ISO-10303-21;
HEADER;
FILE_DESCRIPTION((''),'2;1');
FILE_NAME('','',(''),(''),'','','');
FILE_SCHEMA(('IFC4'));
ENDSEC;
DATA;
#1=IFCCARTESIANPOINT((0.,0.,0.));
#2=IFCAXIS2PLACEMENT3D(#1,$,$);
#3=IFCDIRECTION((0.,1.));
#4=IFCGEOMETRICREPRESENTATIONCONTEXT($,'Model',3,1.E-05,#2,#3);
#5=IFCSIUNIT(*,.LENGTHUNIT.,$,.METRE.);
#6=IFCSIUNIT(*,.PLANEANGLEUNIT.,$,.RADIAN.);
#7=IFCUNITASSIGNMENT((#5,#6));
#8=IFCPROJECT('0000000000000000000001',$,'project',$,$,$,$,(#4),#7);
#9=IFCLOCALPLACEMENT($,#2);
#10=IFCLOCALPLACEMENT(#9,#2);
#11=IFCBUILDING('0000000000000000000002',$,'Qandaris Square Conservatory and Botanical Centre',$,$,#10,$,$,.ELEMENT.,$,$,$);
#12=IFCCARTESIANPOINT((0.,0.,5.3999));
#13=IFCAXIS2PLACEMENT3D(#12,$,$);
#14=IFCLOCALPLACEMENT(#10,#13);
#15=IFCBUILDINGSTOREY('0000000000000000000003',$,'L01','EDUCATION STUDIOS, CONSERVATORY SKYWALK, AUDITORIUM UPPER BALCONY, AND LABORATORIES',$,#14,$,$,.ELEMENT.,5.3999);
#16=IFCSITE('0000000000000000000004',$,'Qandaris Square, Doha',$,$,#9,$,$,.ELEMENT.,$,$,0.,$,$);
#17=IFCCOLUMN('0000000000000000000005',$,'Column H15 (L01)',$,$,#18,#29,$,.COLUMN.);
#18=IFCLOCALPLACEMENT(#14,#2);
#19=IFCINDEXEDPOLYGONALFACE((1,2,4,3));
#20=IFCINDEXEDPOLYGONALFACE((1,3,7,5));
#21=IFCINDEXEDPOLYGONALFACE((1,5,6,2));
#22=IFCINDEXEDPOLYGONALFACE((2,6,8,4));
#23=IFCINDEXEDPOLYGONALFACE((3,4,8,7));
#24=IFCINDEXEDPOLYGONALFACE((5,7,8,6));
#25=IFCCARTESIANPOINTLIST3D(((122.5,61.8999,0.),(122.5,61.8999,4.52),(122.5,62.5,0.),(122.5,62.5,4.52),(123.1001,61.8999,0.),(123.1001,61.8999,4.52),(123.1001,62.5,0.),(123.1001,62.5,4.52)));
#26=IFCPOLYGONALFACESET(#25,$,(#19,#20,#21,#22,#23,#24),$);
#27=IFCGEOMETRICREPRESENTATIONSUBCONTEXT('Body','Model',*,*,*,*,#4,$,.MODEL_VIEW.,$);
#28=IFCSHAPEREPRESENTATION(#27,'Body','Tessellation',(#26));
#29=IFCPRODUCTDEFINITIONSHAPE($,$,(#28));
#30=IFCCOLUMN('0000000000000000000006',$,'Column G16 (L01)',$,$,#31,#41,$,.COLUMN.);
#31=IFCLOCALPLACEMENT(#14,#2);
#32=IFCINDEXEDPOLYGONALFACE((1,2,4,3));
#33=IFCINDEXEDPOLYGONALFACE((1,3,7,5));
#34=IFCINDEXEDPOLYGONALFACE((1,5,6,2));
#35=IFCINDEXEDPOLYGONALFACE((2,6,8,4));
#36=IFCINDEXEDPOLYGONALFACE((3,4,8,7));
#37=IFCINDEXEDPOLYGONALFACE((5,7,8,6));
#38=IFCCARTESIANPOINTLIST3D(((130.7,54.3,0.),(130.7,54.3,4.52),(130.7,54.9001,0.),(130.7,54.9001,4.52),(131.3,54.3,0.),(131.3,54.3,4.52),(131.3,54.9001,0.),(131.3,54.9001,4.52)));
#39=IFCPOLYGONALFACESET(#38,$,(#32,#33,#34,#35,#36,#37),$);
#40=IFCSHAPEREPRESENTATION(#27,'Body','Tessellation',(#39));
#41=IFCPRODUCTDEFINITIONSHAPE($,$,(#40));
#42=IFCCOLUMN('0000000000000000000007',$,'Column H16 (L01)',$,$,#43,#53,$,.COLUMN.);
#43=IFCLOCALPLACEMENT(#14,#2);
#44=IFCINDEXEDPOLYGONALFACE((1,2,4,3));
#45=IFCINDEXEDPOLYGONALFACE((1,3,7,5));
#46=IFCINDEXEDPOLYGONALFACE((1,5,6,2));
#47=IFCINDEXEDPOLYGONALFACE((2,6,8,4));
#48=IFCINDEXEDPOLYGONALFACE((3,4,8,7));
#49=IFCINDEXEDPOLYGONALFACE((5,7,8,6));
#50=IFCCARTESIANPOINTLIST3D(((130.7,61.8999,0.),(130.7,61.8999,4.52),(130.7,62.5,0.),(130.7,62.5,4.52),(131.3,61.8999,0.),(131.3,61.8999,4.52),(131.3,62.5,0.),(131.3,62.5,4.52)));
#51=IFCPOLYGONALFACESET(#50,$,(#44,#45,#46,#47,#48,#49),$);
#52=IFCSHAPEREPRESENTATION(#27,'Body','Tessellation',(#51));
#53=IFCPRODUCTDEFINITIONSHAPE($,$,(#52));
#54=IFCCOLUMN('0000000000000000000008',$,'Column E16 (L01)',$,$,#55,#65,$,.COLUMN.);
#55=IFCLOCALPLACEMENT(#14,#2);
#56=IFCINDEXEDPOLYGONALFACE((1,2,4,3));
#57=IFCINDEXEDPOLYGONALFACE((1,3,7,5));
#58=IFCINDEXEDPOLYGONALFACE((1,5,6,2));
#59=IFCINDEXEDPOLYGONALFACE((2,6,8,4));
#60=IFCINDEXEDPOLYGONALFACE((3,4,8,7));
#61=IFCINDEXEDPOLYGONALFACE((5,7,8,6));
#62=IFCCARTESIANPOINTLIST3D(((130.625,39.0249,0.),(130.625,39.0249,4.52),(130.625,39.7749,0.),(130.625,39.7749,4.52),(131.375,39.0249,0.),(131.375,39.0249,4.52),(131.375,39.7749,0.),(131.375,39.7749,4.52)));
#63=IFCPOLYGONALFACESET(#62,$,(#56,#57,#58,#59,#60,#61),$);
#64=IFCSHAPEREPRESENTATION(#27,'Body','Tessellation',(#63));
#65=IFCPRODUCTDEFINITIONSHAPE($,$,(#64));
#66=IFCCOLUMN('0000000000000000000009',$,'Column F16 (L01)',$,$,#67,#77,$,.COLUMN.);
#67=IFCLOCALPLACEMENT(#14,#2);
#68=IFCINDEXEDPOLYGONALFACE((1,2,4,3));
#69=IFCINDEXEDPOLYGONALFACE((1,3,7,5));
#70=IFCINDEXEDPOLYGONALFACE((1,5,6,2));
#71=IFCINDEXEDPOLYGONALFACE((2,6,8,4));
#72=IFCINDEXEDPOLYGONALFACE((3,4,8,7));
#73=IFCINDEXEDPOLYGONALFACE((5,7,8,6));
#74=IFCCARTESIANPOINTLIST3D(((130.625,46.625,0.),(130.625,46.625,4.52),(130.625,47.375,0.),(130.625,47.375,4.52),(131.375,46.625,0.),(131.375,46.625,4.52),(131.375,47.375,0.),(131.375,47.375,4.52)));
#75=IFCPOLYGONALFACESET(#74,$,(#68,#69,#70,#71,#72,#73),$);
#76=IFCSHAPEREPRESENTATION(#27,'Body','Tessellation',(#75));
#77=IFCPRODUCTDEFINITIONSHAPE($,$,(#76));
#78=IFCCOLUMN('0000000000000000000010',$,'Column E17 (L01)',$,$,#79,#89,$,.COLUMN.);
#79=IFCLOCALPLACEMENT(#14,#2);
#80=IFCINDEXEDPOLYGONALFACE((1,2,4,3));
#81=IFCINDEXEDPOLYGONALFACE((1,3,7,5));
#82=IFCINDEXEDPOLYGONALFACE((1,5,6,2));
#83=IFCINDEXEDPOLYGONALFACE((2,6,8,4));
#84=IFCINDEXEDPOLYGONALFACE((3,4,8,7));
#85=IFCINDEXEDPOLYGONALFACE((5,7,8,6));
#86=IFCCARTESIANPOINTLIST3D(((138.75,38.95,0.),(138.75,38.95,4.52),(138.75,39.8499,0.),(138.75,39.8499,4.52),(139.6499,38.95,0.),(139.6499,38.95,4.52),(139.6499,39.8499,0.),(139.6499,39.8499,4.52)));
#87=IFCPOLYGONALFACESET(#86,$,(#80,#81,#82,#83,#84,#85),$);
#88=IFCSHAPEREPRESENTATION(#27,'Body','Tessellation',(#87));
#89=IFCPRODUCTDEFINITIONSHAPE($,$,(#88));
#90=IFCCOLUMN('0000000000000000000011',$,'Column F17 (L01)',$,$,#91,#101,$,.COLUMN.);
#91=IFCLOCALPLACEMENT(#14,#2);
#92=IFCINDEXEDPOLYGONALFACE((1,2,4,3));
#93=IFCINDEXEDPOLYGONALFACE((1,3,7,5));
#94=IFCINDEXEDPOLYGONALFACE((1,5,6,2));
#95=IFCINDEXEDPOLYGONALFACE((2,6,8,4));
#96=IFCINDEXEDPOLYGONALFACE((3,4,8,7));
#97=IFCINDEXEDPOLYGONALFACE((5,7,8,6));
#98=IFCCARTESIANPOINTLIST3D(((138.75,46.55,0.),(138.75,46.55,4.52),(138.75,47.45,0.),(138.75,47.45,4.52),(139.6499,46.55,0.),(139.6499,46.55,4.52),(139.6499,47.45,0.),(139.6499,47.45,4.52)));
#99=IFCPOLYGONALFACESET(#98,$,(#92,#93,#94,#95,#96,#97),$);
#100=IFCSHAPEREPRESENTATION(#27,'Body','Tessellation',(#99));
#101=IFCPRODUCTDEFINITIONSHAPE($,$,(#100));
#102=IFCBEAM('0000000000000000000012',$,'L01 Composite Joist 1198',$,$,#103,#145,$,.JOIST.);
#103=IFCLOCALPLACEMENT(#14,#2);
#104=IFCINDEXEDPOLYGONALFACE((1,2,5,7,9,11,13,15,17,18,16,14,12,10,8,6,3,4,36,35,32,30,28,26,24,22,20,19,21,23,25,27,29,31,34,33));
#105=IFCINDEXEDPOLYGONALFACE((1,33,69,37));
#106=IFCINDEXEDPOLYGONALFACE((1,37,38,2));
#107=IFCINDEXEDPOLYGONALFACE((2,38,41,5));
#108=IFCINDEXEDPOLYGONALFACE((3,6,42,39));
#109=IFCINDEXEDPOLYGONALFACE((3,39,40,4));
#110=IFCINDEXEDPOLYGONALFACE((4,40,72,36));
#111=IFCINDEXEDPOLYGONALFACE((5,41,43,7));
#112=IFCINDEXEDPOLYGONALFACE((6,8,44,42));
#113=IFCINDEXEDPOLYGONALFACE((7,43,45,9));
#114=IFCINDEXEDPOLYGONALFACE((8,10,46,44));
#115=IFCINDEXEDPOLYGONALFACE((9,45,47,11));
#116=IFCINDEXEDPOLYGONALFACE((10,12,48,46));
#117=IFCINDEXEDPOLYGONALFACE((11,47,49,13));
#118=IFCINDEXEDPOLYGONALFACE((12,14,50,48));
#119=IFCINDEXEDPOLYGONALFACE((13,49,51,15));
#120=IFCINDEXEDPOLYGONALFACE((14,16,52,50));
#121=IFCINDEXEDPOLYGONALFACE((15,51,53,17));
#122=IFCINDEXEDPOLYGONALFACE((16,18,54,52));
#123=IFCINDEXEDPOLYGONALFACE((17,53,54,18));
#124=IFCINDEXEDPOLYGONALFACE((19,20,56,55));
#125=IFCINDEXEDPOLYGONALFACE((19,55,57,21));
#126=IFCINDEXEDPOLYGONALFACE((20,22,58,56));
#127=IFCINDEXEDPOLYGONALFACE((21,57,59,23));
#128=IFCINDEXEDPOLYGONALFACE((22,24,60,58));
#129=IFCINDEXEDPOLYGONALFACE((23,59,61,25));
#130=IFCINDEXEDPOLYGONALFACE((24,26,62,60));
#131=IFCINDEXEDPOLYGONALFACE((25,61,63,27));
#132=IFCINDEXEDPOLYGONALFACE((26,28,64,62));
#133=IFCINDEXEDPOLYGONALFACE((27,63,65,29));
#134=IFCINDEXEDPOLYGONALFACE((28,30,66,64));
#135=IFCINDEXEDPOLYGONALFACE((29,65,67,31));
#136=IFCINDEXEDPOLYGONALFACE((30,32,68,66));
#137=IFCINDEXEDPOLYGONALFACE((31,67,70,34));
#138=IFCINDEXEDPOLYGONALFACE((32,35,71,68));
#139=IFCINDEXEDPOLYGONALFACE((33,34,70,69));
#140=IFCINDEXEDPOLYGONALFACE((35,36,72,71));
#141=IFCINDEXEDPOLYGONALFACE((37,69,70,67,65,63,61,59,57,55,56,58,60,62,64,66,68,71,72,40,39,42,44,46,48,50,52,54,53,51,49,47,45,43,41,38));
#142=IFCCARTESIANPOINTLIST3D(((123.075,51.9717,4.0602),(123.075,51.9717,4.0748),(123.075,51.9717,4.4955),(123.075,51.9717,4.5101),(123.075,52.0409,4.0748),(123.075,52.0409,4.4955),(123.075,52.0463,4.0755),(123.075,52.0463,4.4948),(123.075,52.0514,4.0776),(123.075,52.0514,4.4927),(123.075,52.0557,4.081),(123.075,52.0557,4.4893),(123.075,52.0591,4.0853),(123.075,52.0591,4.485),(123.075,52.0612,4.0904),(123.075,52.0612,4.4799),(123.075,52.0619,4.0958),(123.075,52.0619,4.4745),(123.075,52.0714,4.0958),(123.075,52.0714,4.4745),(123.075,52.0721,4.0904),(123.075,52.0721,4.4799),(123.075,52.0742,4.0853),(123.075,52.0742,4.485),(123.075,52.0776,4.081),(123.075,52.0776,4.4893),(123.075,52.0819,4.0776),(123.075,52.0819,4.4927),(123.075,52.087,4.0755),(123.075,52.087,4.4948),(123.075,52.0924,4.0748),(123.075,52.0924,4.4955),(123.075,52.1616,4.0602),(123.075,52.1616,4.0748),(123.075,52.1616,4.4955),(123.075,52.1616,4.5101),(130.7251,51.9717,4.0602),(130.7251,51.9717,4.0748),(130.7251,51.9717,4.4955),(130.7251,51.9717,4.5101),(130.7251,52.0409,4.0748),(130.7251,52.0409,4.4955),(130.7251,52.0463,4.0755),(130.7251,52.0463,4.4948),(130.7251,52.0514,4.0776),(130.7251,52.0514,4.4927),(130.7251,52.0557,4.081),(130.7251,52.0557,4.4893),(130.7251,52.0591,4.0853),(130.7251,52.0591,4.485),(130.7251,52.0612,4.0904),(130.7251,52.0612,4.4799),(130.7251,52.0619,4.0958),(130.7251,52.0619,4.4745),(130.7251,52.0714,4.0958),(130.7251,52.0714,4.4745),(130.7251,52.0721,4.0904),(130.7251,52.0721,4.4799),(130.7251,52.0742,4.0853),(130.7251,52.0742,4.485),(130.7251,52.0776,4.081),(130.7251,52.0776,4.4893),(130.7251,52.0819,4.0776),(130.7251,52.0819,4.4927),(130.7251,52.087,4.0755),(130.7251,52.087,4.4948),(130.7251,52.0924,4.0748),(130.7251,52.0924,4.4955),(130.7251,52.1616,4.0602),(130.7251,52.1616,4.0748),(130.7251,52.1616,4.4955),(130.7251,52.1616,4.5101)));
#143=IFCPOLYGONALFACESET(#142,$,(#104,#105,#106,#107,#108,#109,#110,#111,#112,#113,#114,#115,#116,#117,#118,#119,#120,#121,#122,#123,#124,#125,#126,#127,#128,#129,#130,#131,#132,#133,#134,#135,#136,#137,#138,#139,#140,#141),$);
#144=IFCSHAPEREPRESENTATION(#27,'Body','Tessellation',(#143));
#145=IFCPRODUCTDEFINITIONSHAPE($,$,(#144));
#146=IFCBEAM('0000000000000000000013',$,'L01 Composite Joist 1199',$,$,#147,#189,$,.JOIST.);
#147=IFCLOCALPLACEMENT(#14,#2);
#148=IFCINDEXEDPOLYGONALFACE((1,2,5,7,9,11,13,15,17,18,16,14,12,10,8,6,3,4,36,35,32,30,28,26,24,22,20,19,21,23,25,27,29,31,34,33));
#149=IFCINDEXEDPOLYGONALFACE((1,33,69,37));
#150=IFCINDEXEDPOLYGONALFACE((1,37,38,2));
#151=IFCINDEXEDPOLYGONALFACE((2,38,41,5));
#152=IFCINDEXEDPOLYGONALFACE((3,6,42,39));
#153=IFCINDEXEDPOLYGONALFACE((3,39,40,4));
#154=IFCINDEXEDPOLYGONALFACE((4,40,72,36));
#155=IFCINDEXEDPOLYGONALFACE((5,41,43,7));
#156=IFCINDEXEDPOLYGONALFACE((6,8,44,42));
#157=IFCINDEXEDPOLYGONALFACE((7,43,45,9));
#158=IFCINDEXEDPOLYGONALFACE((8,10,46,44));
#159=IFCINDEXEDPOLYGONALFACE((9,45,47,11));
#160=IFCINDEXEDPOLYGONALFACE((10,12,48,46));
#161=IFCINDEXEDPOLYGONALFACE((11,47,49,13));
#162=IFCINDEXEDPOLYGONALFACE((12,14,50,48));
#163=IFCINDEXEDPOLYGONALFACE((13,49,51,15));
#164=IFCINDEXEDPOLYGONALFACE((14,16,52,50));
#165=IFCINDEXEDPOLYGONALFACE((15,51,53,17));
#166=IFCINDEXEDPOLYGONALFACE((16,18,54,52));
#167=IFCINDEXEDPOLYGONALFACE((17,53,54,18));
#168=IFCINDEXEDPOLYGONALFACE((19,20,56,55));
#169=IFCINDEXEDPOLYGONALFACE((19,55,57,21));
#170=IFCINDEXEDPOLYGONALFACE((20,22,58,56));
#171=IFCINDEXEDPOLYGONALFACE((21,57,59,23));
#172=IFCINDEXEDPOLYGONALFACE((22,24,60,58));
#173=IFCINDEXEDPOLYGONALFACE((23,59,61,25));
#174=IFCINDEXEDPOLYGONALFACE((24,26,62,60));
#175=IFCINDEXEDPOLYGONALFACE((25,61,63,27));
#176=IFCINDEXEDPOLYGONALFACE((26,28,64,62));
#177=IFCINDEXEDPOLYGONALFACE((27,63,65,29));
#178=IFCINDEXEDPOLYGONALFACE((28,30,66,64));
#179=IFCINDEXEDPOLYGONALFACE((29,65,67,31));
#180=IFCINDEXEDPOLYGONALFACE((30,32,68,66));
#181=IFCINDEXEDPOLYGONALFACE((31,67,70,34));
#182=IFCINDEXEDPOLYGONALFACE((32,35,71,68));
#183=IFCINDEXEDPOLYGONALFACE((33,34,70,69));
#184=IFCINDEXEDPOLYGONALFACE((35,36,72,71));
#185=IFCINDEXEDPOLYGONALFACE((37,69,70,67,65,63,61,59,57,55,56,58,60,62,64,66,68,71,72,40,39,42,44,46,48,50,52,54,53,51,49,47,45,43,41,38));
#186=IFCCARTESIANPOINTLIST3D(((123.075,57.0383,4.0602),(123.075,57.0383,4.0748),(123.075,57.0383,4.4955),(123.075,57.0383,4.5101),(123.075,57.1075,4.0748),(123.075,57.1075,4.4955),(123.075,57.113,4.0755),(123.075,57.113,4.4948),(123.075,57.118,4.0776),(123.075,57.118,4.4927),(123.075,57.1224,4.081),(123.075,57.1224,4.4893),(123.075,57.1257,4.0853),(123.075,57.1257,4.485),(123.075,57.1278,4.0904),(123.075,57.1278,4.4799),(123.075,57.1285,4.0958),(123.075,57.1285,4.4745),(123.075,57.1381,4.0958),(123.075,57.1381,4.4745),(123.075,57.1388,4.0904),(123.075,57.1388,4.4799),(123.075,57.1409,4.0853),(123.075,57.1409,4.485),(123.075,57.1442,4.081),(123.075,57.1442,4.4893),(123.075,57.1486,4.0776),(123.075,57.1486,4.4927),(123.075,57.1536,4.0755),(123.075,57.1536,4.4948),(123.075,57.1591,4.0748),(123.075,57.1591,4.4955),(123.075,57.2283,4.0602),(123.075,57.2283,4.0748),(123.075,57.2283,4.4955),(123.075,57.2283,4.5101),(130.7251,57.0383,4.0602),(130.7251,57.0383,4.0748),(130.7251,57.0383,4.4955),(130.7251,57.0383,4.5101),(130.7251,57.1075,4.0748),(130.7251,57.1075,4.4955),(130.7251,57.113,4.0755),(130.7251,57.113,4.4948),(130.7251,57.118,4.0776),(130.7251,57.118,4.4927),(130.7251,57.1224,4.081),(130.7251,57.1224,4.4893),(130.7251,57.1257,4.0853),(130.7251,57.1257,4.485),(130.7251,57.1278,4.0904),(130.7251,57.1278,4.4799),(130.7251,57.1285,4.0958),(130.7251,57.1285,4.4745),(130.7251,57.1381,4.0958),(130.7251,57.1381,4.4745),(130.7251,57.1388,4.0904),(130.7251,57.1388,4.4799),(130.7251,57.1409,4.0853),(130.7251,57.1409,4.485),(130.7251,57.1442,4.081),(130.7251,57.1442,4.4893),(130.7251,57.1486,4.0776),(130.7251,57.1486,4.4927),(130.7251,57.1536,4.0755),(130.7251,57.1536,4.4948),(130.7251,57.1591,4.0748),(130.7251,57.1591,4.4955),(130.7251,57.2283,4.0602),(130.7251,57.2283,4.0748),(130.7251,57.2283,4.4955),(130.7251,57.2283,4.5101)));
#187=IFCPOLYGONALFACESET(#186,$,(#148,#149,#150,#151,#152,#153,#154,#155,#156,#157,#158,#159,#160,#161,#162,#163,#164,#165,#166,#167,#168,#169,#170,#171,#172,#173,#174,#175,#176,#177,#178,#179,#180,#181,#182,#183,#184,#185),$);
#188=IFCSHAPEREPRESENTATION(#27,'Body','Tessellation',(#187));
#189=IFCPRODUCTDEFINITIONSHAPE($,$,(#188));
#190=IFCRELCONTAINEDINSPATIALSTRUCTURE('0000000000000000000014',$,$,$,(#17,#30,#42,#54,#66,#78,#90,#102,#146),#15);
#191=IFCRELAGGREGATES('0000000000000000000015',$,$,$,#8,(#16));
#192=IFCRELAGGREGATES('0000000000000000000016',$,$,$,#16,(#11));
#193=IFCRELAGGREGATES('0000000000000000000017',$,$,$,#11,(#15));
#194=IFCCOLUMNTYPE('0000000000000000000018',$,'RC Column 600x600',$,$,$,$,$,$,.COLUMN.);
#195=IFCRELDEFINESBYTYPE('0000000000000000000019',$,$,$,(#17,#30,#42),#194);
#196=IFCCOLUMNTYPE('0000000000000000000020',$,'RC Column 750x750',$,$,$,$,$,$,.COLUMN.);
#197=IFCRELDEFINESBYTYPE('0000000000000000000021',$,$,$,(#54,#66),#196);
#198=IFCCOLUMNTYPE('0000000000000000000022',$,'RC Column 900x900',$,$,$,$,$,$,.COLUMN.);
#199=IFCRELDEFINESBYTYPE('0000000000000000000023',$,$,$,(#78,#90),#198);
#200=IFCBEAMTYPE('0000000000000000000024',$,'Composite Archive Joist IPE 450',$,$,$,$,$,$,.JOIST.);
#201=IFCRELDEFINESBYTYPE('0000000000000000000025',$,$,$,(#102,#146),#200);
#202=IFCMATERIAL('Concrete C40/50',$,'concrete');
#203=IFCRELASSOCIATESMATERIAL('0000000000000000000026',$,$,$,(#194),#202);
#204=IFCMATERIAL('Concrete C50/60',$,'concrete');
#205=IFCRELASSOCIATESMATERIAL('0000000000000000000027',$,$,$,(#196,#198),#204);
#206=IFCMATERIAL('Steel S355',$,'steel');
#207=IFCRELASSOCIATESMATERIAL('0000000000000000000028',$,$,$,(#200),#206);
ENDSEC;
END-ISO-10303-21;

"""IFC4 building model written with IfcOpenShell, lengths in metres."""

from ifc_helpers import new_model, si_unit, direction, frame, origin, origin_2d, place, context, subcontext, project, spatial, rectangle, i_section, extrude, material, material_profile, profile_set, type_object, element, save


model = new_model("IFC4")

# Units and contexts
model_context = context("Model", 3, precision=1e-05, world=origin(), true_north=direction((0.0, 1.0)))
body_context = subcontext(model_context, "Body", "Model", "MODEL_VIEW")
ifc_project = project(units=[si_unit("LENGTHUNIT", "METRE"), si_unit("PLANEANGLEUNIT", "RADIAN")], contexts=[model_context])

# Site, building, storey
site_placement = place(None, origin())
site = spatial("IfcSite", under=ifc_project, at=site_placement, Name="Qandaris Square, Doha", CompositionType="ELEMENT", RefElevation=0.0)
building_placement = place(site_placement, origin())
building = spatial("IfcBuilding", under=site, at=building_placement, Name="Qandaris Square Conservatory and Botanical Centre", CompositionType="ELEMENT")
storey_placement = place(building_placement, frame((0.0, 0.0, 5.3999)))
storey = spatial("IfcBuildingStorey", under=building, at=storey_placement, Name="L01", Description="EDUCATION STUDIOS, CONSERVATORY SKYWALK, AUDITORIUM UPPER BALCONY, AND LABORATORIES", CompositionType="ELEMENT", Elevation=5.3999)

# Columns
ifc_material_1 = material(Name="Concrete C40/50", Category="concrete")
ifc_material_profile_1 = material_profile(ifc_material_1, rectangle(XDim=0.6001, YDim=0.6001, at=origin_2d()), Name="RC-COL 600x600")
ifc_profile_set_1 = profile_set([ifc_material_profile_1], Name="Concrete C40/50")
column_type_1 = type_object("IfcColumnType", Name="RC Column 600x600", PredefinedType="COLUMN", material=ifc_profile_set_1)
for number, where, z_axis, x_axis, name in (
    (1, (122.8, 62.2, 0.0), (0.0, 0.0, 1.0), (1.0, 0.0, 0.0), "Column H15 (L01)"),
    (2, (131.0, 54.6001, 0.0), (0.0, 0.0, 1.0), (1.0, 0.0, 0.0), "Column G16 (L01)"),
    (3, (131.0, 62.2, 0.0), (0.0, 0.0, 1.0), (1.0, 0.0, 0.0), "Column H16 (L01)"),
):
    element("IfcColumn", number, at=place(storey_placement, frame(where, z_axis=z_axis, x_axis=x_axis)), inside=storey, type_object=column_type_1, Name=name, PredefinedType="COLUMN", context=body_context, shape_type="SweptSolid", body=[
        extrude(rectangle(XDim=0.6001, YDim=0.6001, at=origin_2d()), origin(), (0.0, 0.0, 1.0), 4.52),
    ])
ifc_material_2 = material(Name="Concrete C50/60", Category="concrete")
ifc_material_profile_2 = material_profile(ifc_material_2, rectangle(XDim=0.75, YDim=0.75, at=origin_2d()), Name="RC-COL 750x750")
ifc_profile_set_2 = profile_set([ifc_material_profile_2], Name="Concrete C50/60")
column_type_2 = type_object("IfcColumnType", Name="RC Column 750x750", PredefinedType="COLUMN", material=ifc_profile_set_2)
for number, where, z_axis, x_axis, name in (
    (4, (131.0, 39.3999, 0.0), (0.0, 0.0, 1.0), (1.0, 0.0, 0.0), "Column E16 (L01)"),
    (5, (131.0, 47.0, 0.0), (0.0, 0.0, 1.0), (1.0, 0.0, 0.0), "Column F16 (L01)"),
):
    element("IfcColumn", number, at=place(storey_placement, frame(where, z_axis=z_axis, x_axis=x_axis)), inside=storey, type_object=column_type_2, Name=name, PredefinedType="COLUMN", context=body_context, shape_type="SweptSolid", body=[
        extrude(rectangle(XDim=0.75, YDim=0.75, at=origin_2d()), origin(), (0.0, 0.0, 1.0), 4.52),
    ])
ifc_material_profile_3 = material_profile(ifc_material_2, rectangle(XDim=0.8999, YDim=0.8999, at=origin_2d()), Name="RC-COL 900x900")
ifc_profile_set_3 = profile_set([ifc_material_profile_3], Name="Concrete C50/60")
column_type_3 = type_object("IfcColumnType", Name="RC Column 900x900", PredefinedType="COLUMN", material=ifc_profile_set_3)
for number, where, z_axis, x_axis, name in (
    (6, (139.2, 39.3999, 0.0), (0.0, 0.0, 1.0), (1.0, 0.0, 0.0), "Column E17 (L01)"),
    (7, (139.2, 47.0, 0.0), (0.0, 0.0, 1.0), (1.0, 0.0, 0.0), "Column F17 (L01)"),
):
    element("IfcColumn", number, at=place(storey_placement, frame(where, z_axis=z_axis, x_axis=x_axis)), inside=storey, type_object=column_type_3, Name=name, PredefinedType="COLUMN", context=body_context, shape_type="SweptSolid", body=[
        extrude(rectangle(XDim=0.8999, YDim=0.8999, at=origin_2d()), origin(), (0.0, 0.0, 1.0), 4.52),
    ])

# Beams
ifc_material_3 = material(Name="Steel S355", Category="steel")
ifc_material_profile_4 = material_profile(ifc_material_3, i_section(OverallWidth=0.1899, OverallDepth=0.45, WebThickness=0.0095, FlangeThickness=0.0146, FilletRadius=0.021, at=origin_2d()), Name="IPE 450")
ifc_profile_set_4 = profile_set([ifc_material_profile_4], Name="Steel S355")
beam_type_1 = type_object("IfcBeamType", Name="Composite Archive Joist IPE 450", PredefinedType="JOIST", material=ifc_profile_set_4)
for number, where, z_axis, x_axis, name in (
    (8, (123.075, 52.0667, 4.2852), (1.0, 0.0, 0.0), (0.0, 1.0, 0.0), "L01 Composite Joist 1198"),
    (9, (123.075, 57.1333, 4.2852), (1.0, 0.0, 0.0), (0.0, 1.0, 0.0), "L01 Composite Joist 1199"),
):
    element("IfcBeam", number, at=place(storey_placement, frame(where, z_axis=z_axis, x_axis=x_axis)), inside=storey, type_object=beam_type_1, Name=name, PredefinedType="JOIST", context=body_context, shape_type="SweptSolid", body=[
        extrude(i_section(OverallWidth=0.1899, OverallDepth=0.45, WebThickness=0.0095, FlangeThickness=0.0146, FilletRadius=0.021, at=origin_2d()), origin(), (0.0, 0.0, 1.0), 7.6501),
    ])

save(model, "model.ifc")
